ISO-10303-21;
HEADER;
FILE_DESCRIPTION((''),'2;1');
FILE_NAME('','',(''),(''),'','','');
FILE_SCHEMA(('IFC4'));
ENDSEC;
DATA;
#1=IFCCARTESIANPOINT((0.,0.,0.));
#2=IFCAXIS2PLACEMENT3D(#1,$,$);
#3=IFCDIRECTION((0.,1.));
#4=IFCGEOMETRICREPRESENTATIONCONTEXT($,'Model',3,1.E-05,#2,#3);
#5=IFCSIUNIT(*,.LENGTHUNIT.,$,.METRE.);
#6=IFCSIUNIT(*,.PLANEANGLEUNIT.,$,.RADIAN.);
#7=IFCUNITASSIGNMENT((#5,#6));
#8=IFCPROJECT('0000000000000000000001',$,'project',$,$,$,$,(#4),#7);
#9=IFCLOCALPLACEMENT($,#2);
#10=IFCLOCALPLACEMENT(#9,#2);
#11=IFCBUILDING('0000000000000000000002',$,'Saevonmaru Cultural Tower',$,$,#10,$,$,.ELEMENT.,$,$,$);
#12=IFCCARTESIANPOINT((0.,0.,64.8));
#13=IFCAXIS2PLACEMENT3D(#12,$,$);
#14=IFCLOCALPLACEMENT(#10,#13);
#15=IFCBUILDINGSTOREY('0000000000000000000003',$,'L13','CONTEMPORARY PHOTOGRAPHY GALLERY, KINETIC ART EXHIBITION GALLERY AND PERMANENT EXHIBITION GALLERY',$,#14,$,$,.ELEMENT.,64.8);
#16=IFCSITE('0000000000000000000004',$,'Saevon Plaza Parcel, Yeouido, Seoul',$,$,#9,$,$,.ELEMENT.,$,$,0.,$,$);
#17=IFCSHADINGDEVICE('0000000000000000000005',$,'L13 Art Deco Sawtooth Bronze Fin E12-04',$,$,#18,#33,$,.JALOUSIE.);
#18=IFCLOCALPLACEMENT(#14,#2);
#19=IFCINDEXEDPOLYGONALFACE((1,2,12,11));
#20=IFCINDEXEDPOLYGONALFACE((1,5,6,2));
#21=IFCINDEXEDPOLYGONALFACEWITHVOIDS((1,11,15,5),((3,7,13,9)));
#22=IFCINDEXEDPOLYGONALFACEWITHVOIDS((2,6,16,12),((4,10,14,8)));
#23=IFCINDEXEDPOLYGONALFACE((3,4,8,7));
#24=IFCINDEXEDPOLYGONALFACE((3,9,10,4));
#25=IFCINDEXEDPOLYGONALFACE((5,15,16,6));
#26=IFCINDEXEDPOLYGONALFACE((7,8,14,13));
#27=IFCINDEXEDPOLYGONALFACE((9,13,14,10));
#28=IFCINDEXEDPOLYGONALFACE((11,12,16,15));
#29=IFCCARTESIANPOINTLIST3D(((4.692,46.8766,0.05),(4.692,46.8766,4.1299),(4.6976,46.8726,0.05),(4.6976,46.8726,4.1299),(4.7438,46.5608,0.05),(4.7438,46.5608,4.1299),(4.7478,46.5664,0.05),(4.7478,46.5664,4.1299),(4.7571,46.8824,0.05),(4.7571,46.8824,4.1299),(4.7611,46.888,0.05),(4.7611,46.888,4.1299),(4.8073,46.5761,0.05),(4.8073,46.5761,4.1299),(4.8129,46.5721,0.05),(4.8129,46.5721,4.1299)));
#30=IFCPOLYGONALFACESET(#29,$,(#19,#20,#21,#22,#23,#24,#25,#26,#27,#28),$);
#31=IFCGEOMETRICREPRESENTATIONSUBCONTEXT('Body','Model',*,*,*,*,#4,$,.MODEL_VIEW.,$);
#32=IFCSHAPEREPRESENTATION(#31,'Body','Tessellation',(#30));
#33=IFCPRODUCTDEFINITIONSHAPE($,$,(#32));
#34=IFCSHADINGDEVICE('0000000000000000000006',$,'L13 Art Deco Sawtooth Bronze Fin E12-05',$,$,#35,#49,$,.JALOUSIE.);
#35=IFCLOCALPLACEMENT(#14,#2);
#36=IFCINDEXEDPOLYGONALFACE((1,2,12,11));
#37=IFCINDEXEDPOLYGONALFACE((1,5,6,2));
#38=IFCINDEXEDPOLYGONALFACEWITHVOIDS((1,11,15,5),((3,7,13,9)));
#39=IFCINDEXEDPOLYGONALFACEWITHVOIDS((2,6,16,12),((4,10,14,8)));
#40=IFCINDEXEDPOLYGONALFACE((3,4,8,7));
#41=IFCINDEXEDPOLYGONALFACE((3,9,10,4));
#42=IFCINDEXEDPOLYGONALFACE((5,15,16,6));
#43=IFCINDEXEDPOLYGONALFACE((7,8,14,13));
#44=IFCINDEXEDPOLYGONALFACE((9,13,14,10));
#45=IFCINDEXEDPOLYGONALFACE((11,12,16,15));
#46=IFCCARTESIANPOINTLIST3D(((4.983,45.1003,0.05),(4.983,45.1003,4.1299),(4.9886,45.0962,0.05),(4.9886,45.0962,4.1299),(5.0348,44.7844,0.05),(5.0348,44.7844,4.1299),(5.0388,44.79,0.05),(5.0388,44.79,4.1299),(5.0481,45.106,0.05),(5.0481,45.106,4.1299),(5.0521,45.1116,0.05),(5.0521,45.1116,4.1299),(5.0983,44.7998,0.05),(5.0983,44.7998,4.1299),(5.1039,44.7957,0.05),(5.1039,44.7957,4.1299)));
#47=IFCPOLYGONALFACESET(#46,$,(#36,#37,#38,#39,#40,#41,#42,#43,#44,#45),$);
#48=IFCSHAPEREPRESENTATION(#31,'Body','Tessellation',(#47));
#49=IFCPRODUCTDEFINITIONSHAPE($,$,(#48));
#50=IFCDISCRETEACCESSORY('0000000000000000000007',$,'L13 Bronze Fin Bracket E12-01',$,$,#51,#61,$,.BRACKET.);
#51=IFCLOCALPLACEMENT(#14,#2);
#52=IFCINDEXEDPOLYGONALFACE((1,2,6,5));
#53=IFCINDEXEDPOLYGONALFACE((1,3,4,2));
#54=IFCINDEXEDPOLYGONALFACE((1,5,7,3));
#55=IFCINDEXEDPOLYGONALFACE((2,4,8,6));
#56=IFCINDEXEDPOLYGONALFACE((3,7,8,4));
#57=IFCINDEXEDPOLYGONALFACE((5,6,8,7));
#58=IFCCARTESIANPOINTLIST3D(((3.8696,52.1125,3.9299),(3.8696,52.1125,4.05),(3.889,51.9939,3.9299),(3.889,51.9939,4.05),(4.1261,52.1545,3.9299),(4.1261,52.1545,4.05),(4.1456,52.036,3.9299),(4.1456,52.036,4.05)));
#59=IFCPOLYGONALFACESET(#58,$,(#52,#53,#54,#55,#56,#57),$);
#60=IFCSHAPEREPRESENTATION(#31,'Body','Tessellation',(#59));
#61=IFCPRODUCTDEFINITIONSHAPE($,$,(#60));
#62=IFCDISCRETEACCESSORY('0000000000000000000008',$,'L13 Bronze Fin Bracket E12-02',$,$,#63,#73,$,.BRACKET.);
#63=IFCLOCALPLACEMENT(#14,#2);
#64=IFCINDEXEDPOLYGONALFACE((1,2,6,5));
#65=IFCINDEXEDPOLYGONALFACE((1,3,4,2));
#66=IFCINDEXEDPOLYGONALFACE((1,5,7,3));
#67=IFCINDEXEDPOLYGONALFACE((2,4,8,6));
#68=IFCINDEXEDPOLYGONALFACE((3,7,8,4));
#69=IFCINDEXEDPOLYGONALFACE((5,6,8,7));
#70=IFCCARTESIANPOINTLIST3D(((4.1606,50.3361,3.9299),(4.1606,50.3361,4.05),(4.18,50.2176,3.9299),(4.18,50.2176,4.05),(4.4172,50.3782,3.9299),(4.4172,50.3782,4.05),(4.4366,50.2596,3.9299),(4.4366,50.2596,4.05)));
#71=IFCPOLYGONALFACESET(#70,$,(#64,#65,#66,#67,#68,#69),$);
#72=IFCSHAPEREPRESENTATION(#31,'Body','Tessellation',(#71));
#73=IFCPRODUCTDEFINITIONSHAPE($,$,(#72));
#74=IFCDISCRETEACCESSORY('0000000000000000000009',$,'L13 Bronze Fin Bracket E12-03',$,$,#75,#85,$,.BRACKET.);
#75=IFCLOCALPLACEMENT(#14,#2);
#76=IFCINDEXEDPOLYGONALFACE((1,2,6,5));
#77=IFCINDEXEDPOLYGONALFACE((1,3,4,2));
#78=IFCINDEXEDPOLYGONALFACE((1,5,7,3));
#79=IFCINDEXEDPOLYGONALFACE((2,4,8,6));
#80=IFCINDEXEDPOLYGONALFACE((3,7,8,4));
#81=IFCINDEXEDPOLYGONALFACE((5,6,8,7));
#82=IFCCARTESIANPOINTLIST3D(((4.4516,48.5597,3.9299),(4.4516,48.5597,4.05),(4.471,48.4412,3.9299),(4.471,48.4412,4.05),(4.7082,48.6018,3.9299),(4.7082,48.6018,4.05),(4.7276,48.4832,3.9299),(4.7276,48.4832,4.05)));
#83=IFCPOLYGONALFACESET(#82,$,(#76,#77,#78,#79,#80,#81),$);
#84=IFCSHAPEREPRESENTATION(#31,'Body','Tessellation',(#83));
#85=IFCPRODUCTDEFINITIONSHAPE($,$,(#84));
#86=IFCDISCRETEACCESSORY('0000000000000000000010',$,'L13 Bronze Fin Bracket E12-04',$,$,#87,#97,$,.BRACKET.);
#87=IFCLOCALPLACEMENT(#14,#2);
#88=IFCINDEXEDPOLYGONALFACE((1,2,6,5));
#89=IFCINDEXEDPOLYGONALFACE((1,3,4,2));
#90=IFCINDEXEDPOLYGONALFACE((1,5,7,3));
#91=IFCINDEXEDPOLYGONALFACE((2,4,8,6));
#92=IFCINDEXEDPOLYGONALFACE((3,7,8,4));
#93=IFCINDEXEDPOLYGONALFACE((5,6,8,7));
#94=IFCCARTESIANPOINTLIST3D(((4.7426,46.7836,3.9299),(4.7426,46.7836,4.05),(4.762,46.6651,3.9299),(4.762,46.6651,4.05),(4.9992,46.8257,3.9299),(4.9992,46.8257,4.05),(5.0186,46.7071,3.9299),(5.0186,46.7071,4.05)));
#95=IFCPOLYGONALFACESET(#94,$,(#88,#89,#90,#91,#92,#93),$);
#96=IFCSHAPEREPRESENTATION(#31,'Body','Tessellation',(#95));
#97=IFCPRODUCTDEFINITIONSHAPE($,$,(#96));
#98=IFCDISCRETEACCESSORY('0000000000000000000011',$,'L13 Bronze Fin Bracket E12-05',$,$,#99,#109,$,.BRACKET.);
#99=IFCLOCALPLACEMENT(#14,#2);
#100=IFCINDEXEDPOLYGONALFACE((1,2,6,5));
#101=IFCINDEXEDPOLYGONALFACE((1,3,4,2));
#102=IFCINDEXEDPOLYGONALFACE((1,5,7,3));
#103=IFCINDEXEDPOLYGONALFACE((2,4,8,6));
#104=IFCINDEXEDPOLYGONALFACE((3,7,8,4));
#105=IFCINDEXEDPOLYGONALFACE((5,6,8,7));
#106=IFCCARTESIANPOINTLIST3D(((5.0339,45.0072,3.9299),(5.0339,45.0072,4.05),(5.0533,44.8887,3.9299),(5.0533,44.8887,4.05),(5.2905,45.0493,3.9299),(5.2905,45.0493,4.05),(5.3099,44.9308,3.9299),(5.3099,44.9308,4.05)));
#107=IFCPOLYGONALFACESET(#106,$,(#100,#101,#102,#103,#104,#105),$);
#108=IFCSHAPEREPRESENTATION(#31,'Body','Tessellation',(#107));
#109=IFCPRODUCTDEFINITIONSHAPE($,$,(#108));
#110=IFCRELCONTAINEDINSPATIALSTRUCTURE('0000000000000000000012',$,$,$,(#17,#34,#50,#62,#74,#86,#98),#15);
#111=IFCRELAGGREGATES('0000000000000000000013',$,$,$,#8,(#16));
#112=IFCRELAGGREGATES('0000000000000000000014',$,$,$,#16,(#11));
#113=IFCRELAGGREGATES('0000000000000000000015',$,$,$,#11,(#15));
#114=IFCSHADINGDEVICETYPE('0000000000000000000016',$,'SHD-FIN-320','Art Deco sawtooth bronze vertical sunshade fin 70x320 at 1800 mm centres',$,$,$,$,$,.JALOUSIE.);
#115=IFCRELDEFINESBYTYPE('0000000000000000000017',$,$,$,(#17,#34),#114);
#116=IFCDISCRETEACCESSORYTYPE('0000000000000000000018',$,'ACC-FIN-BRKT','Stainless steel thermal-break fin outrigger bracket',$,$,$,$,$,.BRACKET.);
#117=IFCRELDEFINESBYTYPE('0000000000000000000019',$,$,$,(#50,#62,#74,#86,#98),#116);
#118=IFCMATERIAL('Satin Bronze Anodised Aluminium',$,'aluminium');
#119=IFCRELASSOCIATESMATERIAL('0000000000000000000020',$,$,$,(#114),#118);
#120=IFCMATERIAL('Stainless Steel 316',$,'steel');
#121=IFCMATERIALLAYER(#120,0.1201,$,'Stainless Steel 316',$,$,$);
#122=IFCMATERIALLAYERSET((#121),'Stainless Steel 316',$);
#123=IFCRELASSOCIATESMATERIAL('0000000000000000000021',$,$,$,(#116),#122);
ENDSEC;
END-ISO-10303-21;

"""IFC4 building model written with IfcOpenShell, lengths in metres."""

from ifc_helpers import new_model, si_unit, direction, frame, origin, origin_2d, place, context, subcontext, project, spatial, rectangle, hollow_rectangle, extrude, material, layer, layer_set, material_profile, profile_set, type_object, element, save


model = new_model("IFC4")

# Units and contexts
model_context = context("Model", 3, precision=1e-05, world=origin(), true_north=direction((0.0, 1.0)))
body_context = subcontext(model_context, "Body", "Model", "MODEL_VIEW")
ifc_project = project(units=[si_unit("LENGTHUNIT", "METRE"), si_unit("PLANEANGLEUNIT", "RADIAN")], contexts=[model_context])

# Site, building, storey
site_placement = place(None, origin())
site = spatial("IfcSite", under=ifc_project, at=site_placement, Name="Saevon Plaza Parcel, Yeouido, Seoul", CompositionType="ELEMENT", RefElevation=0.0)
building_placement = place(site_placement, origin())
building = spatial("IfcBuilding", under=site, at=building_placement, Name="Saevonmaru Cultural Tower", CompositionType="ELEMENT")
storey_placement = place(building_placement, frame((0.0, 0.0, 64.8)))
storey = spatial("IfcBuildingStorey", under=building, at=storey_placement, Name="L13", Description="CONTEMPORARY PHOTOGRAPHY GALLERY, KINETIC ART EXHIBITION GALLERY AND PERMANENT EXHIBITION GALLERY", CompositionType="ELEMENT", Elevation=64.8)

# Shared definitions
ifc_material_1 = material(Name="Satin Bronze Anodised Aluminium", Category="aluminium")

# Shading devices
ifc_material_profile_1 = material_profile(ifc_material_1, hollow_rectangle(XDim=0.0701, YDim=0.3201, WallThickness=0.0049, at=origin_2d()), Name="FIN-320x70")
ifc_profile_set_1 = profile_set([ifc_material_profile_1], Name="Satin Bronze Anodised Aluminium")
shading_device_type = type_object("IfcShadingDeviceType", Name="SHD-FIN-320", Description="Art Deco sawtooth bronze vertical sunshade fin 70x320 at 1800 mm centres", PredefinedType="JALOUSIE", material=ifc_profile_set_1)
for number, where, z_axis, x_axis, name in (
    (1, (4.7524, 46.7244, 0.05), (0.0, 0.0, 1.0), (-0.986827, -0.161776, 0.0), "L13 Art Deco Sawtooth Bronze Fin E12-04"),
    (2, (5.0435, 44.948, 0.05), (0.0, 0.0, 1.0), (-0.986827, -0.161776, 0.0), "L13 Art Deco Sawtooth Bronze Fin E12-05"),
):
    element("IfcShadingDevice", number, at=place(storey_placement, frame(where, z_axis=z_axis, x_axis=x_axis)), inside=storey, type_object=shading_device_type, Name=name, PredefinedType="JALOUSIE", context=body_context, shape_type="SweptSolid", body=[
        extrude(hollow_rectangle(XDim=0.0701, YDim=0.3201, WallThickness=0.0049, at=origin_2d()), origin(), (0.0, 0.0, 1.0), 4.0798),
    ])

# Discrete accessories
ifc_material_2 = material(Name="Stainless Steel 316", Category="steel")
ifc_layer_1 = layer(ifc_material_2, 0.1201, Name="Stainless Steel 316")
ifc_layer_set_1 = layer_set([ifc_layer_1], Name="Stainless Steel 316")
discrete_accessory_type = type_object("IfcDiscreteAccessoryType", Name="ACC-FIN-BRKT", Description="Stainless steel thermal-break fin outrigger bracket", PredefinedType="BRACKET", material=ifc_layer_set_1)
for number, where, z_axis, x_axis, name in (
    (3, (4.0076, 52.0742, 3.9299), (0.0, 0.0, 1.0), (-0.986827, -0.161776, 0.0), "L13 Bronze Fin Bracket E12-01"),
    (4, (4.2986, 50.2979, 3.9299), (0.0, 0.0, 1.0), (-0.986827, -0.161776, 0.0), "L13 Bronze Fin Bracket E12-02"),
    (5, (4.5896, 48.5215, 3.9299), (0.0, 0.0, 1.0), (-0.986827, -0.161776, 0.0), "L13 Bronze Fin Bracket E12-03"),
    (6, (4.8806, 46.7454, 3.9299), (0.0, 0.0, 1.0), (-0.986827, -0.161776, 0.0), "L13 Bronze Fin Bracket E12-04"),
    (7, (5.1719, 44.969, 3.9299), (0.0, 0.0, 1.0), (-0.986827, -0.161776, 0.0), "L13 Bronze Fin Bracket E12-05"),
):
    element("IfcDiscreteAccessory", number, at=place(storey_placement, frame(where, z_axis=z_axis, x_axis=x_axis)), inside=storey, type_object=discrete_accessory_type, Name=name, PredefinedType="BRACKET", context=body_context, shape_type="SweptSolid", body=[
        extrude(rectangle(XDim=0.26, YDim=0.1201, at=origin_2d()), origin(), (0.0, 0.0, 1.0), 0.1201),
    ])

save(model, "model.ifc")
